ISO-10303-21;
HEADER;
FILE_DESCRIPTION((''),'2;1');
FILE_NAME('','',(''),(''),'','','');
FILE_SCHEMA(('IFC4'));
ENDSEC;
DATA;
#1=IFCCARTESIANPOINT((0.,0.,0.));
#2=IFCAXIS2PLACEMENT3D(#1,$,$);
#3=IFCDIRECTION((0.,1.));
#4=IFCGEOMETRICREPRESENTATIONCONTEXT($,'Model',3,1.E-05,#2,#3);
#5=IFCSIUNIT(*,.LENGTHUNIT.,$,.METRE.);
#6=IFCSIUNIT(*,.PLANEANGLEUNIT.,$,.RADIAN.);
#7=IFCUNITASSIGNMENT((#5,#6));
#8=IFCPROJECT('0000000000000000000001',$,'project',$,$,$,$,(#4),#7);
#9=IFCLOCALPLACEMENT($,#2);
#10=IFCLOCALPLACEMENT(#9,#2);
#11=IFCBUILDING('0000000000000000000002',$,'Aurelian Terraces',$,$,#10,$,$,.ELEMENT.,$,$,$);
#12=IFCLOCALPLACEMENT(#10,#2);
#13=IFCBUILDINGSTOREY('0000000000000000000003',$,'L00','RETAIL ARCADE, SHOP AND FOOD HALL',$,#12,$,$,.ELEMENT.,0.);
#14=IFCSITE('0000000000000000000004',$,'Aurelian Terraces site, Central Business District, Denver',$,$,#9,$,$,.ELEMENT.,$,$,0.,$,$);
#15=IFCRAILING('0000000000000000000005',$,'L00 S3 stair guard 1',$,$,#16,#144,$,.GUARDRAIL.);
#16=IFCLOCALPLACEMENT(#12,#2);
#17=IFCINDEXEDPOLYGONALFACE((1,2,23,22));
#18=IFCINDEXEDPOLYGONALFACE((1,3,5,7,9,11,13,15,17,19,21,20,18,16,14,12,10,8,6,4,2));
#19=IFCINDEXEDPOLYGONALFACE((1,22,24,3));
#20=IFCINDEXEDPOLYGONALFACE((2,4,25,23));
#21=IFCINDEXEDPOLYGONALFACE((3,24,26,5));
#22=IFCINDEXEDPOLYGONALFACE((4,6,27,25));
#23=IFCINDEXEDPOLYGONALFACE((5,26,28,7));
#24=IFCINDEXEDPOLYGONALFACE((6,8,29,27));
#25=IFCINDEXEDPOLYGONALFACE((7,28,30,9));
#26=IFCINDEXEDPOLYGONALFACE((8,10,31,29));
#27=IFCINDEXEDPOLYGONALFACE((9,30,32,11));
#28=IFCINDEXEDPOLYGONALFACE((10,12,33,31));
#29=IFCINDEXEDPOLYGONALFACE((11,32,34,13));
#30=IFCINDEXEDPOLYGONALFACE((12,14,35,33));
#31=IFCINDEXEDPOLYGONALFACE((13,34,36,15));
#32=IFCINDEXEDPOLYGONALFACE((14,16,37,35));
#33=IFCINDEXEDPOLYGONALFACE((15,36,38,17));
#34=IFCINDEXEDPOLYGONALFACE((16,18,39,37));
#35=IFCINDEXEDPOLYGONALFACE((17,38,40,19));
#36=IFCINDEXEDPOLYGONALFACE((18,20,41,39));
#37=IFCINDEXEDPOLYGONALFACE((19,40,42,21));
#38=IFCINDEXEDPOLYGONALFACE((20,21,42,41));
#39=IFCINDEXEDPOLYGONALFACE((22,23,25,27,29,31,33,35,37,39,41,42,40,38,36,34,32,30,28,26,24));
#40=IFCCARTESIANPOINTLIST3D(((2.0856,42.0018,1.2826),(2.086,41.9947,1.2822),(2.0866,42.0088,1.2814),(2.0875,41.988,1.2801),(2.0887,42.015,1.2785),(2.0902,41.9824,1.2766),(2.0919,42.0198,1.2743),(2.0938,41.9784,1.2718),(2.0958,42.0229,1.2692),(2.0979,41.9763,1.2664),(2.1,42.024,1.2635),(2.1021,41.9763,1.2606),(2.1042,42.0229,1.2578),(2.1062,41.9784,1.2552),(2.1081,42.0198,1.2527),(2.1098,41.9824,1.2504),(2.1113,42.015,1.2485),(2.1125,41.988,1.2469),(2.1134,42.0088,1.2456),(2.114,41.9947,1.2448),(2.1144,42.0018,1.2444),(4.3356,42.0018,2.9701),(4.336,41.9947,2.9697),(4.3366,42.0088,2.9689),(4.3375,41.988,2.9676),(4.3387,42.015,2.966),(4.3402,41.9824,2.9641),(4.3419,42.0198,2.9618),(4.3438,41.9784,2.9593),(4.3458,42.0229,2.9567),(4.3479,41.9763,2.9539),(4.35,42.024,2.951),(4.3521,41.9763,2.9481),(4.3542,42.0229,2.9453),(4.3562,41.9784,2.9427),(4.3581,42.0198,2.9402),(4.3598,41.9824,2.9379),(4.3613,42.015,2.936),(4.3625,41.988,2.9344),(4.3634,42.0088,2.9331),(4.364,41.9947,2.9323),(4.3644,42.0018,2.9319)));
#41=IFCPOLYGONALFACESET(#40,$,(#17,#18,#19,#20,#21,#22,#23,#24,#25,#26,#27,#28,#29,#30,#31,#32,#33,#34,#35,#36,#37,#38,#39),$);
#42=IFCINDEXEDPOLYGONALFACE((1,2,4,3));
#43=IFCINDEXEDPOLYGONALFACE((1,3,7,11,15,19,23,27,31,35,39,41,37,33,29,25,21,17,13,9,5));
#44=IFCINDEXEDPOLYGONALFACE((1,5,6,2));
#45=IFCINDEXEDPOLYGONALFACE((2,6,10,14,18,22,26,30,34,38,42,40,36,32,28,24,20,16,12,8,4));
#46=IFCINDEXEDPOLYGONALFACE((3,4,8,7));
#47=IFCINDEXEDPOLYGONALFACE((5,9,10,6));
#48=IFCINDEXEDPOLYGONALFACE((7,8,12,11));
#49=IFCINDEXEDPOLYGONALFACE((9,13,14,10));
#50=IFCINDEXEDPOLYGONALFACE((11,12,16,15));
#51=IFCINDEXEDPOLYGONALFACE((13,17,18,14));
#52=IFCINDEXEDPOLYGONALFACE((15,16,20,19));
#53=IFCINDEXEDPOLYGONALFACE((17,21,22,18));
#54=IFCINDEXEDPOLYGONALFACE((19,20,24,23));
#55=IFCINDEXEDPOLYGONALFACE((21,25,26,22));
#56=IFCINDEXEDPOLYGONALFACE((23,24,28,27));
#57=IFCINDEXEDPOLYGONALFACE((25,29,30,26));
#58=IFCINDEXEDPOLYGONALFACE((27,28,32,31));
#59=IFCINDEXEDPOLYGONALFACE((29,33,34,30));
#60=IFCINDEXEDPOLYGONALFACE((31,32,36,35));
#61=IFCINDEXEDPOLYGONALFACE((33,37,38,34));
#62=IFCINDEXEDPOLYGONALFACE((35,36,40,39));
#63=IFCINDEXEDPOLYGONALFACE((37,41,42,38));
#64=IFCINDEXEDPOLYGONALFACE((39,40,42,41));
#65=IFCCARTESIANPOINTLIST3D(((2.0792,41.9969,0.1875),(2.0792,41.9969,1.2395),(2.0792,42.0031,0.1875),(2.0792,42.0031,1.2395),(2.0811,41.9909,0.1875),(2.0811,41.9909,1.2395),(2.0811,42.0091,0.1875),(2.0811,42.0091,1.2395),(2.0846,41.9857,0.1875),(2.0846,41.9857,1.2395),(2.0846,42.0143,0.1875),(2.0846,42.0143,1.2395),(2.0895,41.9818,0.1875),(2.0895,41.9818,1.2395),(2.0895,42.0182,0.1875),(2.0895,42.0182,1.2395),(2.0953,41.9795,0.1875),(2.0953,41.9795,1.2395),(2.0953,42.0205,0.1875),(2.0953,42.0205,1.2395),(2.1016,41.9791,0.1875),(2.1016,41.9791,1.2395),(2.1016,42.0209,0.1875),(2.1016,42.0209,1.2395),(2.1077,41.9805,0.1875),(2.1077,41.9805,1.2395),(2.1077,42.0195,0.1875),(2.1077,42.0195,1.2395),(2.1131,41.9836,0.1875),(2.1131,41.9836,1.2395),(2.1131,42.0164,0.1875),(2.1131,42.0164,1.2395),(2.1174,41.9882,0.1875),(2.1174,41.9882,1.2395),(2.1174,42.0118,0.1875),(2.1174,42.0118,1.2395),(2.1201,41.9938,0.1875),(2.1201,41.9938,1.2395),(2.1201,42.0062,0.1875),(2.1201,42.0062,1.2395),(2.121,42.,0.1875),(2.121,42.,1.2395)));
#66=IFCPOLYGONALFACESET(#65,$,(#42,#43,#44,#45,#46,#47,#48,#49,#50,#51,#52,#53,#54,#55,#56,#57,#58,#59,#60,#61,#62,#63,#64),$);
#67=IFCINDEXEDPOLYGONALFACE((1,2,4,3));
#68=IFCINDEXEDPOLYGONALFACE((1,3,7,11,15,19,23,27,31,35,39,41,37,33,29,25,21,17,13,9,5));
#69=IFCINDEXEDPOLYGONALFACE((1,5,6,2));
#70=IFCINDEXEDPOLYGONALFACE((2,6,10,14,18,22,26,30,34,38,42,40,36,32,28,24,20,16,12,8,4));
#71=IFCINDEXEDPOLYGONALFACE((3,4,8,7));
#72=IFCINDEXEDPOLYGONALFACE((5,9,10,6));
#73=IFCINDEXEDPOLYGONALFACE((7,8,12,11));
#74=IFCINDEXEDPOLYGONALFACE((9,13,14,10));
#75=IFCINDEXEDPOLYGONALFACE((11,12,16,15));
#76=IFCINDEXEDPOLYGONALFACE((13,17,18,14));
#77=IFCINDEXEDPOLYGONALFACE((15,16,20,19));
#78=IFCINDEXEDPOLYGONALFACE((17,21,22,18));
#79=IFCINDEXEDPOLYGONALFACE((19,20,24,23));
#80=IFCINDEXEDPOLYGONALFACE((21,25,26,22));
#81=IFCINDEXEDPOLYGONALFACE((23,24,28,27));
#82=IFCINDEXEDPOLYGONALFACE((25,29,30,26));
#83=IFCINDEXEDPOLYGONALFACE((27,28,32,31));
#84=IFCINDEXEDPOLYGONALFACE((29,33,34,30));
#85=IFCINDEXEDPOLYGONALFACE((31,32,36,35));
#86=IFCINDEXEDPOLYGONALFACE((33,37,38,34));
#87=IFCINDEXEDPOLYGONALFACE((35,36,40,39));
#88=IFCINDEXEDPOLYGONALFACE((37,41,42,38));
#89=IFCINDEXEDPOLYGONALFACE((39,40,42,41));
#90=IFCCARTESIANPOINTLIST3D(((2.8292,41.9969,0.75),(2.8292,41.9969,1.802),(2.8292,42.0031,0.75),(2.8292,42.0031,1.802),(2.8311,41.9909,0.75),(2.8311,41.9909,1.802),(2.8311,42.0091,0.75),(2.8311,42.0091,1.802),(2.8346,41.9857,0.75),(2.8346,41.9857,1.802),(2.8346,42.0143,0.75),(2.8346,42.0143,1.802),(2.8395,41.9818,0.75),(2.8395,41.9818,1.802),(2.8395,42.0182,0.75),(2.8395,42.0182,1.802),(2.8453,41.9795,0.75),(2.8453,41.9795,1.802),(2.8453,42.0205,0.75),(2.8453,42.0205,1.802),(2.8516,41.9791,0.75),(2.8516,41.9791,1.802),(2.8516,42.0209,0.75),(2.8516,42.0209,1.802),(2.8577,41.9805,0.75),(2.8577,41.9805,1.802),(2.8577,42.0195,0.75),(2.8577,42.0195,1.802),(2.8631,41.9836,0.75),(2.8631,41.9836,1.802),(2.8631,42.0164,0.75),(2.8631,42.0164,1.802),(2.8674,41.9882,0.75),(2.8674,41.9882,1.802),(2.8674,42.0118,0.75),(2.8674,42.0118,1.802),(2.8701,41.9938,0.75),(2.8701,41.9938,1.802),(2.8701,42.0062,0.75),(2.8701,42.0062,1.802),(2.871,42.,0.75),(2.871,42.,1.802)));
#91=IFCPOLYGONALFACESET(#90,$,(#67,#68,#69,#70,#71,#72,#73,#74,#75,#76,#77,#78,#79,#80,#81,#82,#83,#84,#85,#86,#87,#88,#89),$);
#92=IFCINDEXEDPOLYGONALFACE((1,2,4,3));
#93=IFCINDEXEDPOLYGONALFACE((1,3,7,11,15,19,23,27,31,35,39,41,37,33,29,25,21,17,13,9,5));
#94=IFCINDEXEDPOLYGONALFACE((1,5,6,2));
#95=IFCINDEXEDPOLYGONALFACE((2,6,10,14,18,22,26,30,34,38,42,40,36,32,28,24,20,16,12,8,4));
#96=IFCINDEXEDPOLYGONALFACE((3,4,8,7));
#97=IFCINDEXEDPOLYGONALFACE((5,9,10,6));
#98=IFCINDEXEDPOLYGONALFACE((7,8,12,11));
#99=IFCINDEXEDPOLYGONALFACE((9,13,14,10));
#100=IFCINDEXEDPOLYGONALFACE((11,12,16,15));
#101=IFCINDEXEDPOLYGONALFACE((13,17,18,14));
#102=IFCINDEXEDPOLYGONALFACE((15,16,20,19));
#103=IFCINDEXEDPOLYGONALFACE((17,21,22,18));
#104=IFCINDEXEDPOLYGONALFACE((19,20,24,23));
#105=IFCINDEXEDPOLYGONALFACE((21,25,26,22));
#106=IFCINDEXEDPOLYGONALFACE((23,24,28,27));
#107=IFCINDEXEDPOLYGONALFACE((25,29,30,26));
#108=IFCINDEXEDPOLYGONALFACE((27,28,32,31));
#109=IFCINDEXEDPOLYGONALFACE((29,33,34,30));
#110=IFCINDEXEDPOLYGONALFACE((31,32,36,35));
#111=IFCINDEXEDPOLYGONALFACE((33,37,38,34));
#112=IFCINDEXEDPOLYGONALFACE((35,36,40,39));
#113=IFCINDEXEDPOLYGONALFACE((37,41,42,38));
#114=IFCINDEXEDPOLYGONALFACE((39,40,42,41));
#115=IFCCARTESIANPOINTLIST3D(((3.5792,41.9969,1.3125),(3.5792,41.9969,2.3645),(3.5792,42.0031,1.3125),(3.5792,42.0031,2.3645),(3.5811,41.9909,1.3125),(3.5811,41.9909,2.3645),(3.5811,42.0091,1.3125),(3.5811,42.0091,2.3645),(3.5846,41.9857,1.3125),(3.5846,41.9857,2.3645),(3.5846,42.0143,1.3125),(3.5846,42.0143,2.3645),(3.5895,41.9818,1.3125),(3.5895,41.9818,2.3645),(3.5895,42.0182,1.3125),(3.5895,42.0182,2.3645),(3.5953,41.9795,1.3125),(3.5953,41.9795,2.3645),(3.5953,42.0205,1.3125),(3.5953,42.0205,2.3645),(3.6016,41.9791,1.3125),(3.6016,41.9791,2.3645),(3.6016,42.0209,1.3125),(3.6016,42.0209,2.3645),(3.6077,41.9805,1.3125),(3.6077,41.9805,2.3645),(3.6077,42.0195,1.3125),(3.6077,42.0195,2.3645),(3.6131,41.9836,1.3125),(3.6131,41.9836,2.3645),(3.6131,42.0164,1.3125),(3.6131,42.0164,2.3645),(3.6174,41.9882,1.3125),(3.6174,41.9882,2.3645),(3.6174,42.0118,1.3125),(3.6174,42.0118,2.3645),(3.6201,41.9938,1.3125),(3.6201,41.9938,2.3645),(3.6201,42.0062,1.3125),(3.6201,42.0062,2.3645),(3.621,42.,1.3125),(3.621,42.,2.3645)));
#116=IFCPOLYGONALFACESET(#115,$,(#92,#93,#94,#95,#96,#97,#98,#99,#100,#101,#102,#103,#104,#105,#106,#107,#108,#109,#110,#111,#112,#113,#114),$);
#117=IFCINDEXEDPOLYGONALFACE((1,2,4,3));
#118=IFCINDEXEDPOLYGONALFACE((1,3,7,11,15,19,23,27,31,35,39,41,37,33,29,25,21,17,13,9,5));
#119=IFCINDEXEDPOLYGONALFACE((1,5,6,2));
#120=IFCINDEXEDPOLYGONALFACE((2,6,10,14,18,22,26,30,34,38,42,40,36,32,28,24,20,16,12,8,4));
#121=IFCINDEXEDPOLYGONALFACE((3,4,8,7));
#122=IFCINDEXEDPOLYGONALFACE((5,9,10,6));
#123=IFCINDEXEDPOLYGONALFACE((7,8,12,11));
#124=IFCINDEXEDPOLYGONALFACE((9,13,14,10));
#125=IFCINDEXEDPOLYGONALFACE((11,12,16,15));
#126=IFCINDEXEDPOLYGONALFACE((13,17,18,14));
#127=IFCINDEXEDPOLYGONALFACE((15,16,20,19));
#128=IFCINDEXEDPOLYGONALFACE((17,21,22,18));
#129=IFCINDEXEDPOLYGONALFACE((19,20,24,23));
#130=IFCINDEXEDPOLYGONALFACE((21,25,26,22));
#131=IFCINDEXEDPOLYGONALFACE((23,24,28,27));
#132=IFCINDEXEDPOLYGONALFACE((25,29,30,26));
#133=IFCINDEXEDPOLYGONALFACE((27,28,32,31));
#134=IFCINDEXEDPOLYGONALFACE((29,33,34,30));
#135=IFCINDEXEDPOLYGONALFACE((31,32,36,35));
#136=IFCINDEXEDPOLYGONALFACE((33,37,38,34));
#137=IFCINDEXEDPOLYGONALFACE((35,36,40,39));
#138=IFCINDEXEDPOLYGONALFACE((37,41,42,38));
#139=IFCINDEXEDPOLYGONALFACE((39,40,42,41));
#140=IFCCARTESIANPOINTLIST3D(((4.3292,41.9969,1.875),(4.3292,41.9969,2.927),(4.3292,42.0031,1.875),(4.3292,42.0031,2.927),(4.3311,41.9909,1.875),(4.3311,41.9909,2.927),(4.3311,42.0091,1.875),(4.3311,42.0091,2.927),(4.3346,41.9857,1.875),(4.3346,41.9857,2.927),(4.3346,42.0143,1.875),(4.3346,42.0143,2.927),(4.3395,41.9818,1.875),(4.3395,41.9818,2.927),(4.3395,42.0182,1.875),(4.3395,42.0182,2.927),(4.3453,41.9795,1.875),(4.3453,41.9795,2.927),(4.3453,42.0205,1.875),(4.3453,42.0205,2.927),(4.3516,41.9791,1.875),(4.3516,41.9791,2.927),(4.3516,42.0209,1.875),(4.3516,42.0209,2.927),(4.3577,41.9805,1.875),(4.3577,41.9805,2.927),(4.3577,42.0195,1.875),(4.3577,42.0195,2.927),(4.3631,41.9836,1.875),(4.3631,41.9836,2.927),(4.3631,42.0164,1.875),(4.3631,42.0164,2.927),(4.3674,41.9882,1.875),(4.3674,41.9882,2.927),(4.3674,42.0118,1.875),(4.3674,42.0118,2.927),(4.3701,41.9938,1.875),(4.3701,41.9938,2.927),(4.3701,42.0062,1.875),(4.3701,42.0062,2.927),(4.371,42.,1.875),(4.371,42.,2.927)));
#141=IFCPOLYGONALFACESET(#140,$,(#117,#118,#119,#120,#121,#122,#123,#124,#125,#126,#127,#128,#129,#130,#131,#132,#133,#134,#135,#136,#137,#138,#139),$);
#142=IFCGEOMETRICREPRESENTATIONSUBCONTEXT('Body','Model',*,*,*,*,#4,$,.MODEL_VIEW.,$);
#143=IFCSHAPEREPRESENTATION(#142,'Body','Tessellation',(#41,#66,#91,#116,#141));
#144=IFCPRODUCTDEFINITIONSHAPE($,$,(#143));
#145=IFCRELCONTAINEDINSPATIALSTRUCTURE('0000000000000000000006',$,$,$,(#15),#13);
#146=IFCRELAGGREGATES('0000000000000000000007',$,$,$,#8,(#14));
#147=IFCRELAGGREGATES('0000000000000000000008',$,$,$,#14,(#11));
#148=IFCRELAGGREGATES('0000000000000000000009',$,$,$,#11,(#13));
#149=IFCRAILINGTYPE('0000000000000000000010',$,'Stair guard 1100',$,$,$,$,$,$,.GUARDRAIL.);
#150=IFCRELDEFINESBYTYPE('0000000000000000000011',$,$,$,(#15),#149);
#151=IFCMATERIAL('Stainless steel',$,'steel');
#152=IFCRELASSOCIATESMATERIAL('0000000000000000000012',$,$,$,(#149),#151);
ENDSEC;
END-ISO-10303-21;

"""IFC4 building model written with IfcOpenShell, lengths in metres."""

from ifc_helpers import new_model, si_unit, direction, frame, origin, origin_2d, place, context, subcontext, project, spatial, circle, extrude, material, type_object, element, save


model = new_model("IFC4")

# Units and contexts
model_context = context("Model", 3, precision=1e-05, world=origin(), true_north=direction((0.0, 1.0)))
body_context = subcontext(model_context, "Body", "Model", "MODEL_VIEW")
ifc_project = project(units=[si_unit("LENGTHUNIT", "METRE"), si_unit("PLANEANGLEUNIT", "RADIAN")], contexts=[model_context])

# Site, building, storey
site_placement = place(None, origin())
site = spatial("IfcSite", under=ifc_project, at=site_placement, Name="Aurelian Terraces site, Central Business District, Denver", CompositionType="ELEMENT", RefElevation=0.0)
building_placement = place(site_placement, origin())
building = spatial("IfcBuilding", under=site, at=building_placement, Name="Aurelian Terraces", CompositionType="ELEMENT")
storey_placement = place(building_placement, origin())
storey = spatial("IfcBuildingStorey", under=building, at=storey_placement, Name="L00", Description="RETAIL ARCADE, SHOP AND FOOD HALL", CompositionType="ELEMENT", Elevation=0.0)

# Railing
ifc_material_1 = material(Name="Stainless steel", Category="steel")
railing_type_1 = type_object("IfcRailingType", Name="Stair guard 1100", PredefinedType="GUARDRAIL", material=ifc_material_1)
railing_1_placement = place(storey_placement, frame((2.1, 42.0, 0.1875)))
element("IfcRailing", 1, at=railing_1_placement, inside=storey, type_object=railing_type_1, Name="L00 S3 stair guard 1", PredefinedType="GUARDRAIL", context=body_context, shape_type="SweptSolid", body=[
    extrude(circle(Radius=0.024, at=origin_2d()), frame((0.0, 0.0, 1.076), z_axis=(0.8, 0.0, 0.6), x_axis=(0.0, 1.0, 0.0)), (0.0, 0.0, 1.0), 2.8125),
    extrude(circle(Radius=0.021, at=origin_2d()), origin(), (0.0, 0.0, 1.0), 1.052),
    extrude(circle(Radius=0.021, at=origin_2d()), frame((0.75, 0.0, 0.5625)), (0.0, 0.0, 1.0), 1.052),
    extrude(circle(Radius=0.021, at=origin_2d()), frame((1.5, 0.0, 1.125)), (0.0, 0.0, 1.0), 1.052),
    extrude(circle(Radius=0.021, at=origin_2d()), frame((2.25, 0.0, 1.6875)), (0.0, 0.0, 1.0), 1.052),
])

save(model, "model.ifc")
